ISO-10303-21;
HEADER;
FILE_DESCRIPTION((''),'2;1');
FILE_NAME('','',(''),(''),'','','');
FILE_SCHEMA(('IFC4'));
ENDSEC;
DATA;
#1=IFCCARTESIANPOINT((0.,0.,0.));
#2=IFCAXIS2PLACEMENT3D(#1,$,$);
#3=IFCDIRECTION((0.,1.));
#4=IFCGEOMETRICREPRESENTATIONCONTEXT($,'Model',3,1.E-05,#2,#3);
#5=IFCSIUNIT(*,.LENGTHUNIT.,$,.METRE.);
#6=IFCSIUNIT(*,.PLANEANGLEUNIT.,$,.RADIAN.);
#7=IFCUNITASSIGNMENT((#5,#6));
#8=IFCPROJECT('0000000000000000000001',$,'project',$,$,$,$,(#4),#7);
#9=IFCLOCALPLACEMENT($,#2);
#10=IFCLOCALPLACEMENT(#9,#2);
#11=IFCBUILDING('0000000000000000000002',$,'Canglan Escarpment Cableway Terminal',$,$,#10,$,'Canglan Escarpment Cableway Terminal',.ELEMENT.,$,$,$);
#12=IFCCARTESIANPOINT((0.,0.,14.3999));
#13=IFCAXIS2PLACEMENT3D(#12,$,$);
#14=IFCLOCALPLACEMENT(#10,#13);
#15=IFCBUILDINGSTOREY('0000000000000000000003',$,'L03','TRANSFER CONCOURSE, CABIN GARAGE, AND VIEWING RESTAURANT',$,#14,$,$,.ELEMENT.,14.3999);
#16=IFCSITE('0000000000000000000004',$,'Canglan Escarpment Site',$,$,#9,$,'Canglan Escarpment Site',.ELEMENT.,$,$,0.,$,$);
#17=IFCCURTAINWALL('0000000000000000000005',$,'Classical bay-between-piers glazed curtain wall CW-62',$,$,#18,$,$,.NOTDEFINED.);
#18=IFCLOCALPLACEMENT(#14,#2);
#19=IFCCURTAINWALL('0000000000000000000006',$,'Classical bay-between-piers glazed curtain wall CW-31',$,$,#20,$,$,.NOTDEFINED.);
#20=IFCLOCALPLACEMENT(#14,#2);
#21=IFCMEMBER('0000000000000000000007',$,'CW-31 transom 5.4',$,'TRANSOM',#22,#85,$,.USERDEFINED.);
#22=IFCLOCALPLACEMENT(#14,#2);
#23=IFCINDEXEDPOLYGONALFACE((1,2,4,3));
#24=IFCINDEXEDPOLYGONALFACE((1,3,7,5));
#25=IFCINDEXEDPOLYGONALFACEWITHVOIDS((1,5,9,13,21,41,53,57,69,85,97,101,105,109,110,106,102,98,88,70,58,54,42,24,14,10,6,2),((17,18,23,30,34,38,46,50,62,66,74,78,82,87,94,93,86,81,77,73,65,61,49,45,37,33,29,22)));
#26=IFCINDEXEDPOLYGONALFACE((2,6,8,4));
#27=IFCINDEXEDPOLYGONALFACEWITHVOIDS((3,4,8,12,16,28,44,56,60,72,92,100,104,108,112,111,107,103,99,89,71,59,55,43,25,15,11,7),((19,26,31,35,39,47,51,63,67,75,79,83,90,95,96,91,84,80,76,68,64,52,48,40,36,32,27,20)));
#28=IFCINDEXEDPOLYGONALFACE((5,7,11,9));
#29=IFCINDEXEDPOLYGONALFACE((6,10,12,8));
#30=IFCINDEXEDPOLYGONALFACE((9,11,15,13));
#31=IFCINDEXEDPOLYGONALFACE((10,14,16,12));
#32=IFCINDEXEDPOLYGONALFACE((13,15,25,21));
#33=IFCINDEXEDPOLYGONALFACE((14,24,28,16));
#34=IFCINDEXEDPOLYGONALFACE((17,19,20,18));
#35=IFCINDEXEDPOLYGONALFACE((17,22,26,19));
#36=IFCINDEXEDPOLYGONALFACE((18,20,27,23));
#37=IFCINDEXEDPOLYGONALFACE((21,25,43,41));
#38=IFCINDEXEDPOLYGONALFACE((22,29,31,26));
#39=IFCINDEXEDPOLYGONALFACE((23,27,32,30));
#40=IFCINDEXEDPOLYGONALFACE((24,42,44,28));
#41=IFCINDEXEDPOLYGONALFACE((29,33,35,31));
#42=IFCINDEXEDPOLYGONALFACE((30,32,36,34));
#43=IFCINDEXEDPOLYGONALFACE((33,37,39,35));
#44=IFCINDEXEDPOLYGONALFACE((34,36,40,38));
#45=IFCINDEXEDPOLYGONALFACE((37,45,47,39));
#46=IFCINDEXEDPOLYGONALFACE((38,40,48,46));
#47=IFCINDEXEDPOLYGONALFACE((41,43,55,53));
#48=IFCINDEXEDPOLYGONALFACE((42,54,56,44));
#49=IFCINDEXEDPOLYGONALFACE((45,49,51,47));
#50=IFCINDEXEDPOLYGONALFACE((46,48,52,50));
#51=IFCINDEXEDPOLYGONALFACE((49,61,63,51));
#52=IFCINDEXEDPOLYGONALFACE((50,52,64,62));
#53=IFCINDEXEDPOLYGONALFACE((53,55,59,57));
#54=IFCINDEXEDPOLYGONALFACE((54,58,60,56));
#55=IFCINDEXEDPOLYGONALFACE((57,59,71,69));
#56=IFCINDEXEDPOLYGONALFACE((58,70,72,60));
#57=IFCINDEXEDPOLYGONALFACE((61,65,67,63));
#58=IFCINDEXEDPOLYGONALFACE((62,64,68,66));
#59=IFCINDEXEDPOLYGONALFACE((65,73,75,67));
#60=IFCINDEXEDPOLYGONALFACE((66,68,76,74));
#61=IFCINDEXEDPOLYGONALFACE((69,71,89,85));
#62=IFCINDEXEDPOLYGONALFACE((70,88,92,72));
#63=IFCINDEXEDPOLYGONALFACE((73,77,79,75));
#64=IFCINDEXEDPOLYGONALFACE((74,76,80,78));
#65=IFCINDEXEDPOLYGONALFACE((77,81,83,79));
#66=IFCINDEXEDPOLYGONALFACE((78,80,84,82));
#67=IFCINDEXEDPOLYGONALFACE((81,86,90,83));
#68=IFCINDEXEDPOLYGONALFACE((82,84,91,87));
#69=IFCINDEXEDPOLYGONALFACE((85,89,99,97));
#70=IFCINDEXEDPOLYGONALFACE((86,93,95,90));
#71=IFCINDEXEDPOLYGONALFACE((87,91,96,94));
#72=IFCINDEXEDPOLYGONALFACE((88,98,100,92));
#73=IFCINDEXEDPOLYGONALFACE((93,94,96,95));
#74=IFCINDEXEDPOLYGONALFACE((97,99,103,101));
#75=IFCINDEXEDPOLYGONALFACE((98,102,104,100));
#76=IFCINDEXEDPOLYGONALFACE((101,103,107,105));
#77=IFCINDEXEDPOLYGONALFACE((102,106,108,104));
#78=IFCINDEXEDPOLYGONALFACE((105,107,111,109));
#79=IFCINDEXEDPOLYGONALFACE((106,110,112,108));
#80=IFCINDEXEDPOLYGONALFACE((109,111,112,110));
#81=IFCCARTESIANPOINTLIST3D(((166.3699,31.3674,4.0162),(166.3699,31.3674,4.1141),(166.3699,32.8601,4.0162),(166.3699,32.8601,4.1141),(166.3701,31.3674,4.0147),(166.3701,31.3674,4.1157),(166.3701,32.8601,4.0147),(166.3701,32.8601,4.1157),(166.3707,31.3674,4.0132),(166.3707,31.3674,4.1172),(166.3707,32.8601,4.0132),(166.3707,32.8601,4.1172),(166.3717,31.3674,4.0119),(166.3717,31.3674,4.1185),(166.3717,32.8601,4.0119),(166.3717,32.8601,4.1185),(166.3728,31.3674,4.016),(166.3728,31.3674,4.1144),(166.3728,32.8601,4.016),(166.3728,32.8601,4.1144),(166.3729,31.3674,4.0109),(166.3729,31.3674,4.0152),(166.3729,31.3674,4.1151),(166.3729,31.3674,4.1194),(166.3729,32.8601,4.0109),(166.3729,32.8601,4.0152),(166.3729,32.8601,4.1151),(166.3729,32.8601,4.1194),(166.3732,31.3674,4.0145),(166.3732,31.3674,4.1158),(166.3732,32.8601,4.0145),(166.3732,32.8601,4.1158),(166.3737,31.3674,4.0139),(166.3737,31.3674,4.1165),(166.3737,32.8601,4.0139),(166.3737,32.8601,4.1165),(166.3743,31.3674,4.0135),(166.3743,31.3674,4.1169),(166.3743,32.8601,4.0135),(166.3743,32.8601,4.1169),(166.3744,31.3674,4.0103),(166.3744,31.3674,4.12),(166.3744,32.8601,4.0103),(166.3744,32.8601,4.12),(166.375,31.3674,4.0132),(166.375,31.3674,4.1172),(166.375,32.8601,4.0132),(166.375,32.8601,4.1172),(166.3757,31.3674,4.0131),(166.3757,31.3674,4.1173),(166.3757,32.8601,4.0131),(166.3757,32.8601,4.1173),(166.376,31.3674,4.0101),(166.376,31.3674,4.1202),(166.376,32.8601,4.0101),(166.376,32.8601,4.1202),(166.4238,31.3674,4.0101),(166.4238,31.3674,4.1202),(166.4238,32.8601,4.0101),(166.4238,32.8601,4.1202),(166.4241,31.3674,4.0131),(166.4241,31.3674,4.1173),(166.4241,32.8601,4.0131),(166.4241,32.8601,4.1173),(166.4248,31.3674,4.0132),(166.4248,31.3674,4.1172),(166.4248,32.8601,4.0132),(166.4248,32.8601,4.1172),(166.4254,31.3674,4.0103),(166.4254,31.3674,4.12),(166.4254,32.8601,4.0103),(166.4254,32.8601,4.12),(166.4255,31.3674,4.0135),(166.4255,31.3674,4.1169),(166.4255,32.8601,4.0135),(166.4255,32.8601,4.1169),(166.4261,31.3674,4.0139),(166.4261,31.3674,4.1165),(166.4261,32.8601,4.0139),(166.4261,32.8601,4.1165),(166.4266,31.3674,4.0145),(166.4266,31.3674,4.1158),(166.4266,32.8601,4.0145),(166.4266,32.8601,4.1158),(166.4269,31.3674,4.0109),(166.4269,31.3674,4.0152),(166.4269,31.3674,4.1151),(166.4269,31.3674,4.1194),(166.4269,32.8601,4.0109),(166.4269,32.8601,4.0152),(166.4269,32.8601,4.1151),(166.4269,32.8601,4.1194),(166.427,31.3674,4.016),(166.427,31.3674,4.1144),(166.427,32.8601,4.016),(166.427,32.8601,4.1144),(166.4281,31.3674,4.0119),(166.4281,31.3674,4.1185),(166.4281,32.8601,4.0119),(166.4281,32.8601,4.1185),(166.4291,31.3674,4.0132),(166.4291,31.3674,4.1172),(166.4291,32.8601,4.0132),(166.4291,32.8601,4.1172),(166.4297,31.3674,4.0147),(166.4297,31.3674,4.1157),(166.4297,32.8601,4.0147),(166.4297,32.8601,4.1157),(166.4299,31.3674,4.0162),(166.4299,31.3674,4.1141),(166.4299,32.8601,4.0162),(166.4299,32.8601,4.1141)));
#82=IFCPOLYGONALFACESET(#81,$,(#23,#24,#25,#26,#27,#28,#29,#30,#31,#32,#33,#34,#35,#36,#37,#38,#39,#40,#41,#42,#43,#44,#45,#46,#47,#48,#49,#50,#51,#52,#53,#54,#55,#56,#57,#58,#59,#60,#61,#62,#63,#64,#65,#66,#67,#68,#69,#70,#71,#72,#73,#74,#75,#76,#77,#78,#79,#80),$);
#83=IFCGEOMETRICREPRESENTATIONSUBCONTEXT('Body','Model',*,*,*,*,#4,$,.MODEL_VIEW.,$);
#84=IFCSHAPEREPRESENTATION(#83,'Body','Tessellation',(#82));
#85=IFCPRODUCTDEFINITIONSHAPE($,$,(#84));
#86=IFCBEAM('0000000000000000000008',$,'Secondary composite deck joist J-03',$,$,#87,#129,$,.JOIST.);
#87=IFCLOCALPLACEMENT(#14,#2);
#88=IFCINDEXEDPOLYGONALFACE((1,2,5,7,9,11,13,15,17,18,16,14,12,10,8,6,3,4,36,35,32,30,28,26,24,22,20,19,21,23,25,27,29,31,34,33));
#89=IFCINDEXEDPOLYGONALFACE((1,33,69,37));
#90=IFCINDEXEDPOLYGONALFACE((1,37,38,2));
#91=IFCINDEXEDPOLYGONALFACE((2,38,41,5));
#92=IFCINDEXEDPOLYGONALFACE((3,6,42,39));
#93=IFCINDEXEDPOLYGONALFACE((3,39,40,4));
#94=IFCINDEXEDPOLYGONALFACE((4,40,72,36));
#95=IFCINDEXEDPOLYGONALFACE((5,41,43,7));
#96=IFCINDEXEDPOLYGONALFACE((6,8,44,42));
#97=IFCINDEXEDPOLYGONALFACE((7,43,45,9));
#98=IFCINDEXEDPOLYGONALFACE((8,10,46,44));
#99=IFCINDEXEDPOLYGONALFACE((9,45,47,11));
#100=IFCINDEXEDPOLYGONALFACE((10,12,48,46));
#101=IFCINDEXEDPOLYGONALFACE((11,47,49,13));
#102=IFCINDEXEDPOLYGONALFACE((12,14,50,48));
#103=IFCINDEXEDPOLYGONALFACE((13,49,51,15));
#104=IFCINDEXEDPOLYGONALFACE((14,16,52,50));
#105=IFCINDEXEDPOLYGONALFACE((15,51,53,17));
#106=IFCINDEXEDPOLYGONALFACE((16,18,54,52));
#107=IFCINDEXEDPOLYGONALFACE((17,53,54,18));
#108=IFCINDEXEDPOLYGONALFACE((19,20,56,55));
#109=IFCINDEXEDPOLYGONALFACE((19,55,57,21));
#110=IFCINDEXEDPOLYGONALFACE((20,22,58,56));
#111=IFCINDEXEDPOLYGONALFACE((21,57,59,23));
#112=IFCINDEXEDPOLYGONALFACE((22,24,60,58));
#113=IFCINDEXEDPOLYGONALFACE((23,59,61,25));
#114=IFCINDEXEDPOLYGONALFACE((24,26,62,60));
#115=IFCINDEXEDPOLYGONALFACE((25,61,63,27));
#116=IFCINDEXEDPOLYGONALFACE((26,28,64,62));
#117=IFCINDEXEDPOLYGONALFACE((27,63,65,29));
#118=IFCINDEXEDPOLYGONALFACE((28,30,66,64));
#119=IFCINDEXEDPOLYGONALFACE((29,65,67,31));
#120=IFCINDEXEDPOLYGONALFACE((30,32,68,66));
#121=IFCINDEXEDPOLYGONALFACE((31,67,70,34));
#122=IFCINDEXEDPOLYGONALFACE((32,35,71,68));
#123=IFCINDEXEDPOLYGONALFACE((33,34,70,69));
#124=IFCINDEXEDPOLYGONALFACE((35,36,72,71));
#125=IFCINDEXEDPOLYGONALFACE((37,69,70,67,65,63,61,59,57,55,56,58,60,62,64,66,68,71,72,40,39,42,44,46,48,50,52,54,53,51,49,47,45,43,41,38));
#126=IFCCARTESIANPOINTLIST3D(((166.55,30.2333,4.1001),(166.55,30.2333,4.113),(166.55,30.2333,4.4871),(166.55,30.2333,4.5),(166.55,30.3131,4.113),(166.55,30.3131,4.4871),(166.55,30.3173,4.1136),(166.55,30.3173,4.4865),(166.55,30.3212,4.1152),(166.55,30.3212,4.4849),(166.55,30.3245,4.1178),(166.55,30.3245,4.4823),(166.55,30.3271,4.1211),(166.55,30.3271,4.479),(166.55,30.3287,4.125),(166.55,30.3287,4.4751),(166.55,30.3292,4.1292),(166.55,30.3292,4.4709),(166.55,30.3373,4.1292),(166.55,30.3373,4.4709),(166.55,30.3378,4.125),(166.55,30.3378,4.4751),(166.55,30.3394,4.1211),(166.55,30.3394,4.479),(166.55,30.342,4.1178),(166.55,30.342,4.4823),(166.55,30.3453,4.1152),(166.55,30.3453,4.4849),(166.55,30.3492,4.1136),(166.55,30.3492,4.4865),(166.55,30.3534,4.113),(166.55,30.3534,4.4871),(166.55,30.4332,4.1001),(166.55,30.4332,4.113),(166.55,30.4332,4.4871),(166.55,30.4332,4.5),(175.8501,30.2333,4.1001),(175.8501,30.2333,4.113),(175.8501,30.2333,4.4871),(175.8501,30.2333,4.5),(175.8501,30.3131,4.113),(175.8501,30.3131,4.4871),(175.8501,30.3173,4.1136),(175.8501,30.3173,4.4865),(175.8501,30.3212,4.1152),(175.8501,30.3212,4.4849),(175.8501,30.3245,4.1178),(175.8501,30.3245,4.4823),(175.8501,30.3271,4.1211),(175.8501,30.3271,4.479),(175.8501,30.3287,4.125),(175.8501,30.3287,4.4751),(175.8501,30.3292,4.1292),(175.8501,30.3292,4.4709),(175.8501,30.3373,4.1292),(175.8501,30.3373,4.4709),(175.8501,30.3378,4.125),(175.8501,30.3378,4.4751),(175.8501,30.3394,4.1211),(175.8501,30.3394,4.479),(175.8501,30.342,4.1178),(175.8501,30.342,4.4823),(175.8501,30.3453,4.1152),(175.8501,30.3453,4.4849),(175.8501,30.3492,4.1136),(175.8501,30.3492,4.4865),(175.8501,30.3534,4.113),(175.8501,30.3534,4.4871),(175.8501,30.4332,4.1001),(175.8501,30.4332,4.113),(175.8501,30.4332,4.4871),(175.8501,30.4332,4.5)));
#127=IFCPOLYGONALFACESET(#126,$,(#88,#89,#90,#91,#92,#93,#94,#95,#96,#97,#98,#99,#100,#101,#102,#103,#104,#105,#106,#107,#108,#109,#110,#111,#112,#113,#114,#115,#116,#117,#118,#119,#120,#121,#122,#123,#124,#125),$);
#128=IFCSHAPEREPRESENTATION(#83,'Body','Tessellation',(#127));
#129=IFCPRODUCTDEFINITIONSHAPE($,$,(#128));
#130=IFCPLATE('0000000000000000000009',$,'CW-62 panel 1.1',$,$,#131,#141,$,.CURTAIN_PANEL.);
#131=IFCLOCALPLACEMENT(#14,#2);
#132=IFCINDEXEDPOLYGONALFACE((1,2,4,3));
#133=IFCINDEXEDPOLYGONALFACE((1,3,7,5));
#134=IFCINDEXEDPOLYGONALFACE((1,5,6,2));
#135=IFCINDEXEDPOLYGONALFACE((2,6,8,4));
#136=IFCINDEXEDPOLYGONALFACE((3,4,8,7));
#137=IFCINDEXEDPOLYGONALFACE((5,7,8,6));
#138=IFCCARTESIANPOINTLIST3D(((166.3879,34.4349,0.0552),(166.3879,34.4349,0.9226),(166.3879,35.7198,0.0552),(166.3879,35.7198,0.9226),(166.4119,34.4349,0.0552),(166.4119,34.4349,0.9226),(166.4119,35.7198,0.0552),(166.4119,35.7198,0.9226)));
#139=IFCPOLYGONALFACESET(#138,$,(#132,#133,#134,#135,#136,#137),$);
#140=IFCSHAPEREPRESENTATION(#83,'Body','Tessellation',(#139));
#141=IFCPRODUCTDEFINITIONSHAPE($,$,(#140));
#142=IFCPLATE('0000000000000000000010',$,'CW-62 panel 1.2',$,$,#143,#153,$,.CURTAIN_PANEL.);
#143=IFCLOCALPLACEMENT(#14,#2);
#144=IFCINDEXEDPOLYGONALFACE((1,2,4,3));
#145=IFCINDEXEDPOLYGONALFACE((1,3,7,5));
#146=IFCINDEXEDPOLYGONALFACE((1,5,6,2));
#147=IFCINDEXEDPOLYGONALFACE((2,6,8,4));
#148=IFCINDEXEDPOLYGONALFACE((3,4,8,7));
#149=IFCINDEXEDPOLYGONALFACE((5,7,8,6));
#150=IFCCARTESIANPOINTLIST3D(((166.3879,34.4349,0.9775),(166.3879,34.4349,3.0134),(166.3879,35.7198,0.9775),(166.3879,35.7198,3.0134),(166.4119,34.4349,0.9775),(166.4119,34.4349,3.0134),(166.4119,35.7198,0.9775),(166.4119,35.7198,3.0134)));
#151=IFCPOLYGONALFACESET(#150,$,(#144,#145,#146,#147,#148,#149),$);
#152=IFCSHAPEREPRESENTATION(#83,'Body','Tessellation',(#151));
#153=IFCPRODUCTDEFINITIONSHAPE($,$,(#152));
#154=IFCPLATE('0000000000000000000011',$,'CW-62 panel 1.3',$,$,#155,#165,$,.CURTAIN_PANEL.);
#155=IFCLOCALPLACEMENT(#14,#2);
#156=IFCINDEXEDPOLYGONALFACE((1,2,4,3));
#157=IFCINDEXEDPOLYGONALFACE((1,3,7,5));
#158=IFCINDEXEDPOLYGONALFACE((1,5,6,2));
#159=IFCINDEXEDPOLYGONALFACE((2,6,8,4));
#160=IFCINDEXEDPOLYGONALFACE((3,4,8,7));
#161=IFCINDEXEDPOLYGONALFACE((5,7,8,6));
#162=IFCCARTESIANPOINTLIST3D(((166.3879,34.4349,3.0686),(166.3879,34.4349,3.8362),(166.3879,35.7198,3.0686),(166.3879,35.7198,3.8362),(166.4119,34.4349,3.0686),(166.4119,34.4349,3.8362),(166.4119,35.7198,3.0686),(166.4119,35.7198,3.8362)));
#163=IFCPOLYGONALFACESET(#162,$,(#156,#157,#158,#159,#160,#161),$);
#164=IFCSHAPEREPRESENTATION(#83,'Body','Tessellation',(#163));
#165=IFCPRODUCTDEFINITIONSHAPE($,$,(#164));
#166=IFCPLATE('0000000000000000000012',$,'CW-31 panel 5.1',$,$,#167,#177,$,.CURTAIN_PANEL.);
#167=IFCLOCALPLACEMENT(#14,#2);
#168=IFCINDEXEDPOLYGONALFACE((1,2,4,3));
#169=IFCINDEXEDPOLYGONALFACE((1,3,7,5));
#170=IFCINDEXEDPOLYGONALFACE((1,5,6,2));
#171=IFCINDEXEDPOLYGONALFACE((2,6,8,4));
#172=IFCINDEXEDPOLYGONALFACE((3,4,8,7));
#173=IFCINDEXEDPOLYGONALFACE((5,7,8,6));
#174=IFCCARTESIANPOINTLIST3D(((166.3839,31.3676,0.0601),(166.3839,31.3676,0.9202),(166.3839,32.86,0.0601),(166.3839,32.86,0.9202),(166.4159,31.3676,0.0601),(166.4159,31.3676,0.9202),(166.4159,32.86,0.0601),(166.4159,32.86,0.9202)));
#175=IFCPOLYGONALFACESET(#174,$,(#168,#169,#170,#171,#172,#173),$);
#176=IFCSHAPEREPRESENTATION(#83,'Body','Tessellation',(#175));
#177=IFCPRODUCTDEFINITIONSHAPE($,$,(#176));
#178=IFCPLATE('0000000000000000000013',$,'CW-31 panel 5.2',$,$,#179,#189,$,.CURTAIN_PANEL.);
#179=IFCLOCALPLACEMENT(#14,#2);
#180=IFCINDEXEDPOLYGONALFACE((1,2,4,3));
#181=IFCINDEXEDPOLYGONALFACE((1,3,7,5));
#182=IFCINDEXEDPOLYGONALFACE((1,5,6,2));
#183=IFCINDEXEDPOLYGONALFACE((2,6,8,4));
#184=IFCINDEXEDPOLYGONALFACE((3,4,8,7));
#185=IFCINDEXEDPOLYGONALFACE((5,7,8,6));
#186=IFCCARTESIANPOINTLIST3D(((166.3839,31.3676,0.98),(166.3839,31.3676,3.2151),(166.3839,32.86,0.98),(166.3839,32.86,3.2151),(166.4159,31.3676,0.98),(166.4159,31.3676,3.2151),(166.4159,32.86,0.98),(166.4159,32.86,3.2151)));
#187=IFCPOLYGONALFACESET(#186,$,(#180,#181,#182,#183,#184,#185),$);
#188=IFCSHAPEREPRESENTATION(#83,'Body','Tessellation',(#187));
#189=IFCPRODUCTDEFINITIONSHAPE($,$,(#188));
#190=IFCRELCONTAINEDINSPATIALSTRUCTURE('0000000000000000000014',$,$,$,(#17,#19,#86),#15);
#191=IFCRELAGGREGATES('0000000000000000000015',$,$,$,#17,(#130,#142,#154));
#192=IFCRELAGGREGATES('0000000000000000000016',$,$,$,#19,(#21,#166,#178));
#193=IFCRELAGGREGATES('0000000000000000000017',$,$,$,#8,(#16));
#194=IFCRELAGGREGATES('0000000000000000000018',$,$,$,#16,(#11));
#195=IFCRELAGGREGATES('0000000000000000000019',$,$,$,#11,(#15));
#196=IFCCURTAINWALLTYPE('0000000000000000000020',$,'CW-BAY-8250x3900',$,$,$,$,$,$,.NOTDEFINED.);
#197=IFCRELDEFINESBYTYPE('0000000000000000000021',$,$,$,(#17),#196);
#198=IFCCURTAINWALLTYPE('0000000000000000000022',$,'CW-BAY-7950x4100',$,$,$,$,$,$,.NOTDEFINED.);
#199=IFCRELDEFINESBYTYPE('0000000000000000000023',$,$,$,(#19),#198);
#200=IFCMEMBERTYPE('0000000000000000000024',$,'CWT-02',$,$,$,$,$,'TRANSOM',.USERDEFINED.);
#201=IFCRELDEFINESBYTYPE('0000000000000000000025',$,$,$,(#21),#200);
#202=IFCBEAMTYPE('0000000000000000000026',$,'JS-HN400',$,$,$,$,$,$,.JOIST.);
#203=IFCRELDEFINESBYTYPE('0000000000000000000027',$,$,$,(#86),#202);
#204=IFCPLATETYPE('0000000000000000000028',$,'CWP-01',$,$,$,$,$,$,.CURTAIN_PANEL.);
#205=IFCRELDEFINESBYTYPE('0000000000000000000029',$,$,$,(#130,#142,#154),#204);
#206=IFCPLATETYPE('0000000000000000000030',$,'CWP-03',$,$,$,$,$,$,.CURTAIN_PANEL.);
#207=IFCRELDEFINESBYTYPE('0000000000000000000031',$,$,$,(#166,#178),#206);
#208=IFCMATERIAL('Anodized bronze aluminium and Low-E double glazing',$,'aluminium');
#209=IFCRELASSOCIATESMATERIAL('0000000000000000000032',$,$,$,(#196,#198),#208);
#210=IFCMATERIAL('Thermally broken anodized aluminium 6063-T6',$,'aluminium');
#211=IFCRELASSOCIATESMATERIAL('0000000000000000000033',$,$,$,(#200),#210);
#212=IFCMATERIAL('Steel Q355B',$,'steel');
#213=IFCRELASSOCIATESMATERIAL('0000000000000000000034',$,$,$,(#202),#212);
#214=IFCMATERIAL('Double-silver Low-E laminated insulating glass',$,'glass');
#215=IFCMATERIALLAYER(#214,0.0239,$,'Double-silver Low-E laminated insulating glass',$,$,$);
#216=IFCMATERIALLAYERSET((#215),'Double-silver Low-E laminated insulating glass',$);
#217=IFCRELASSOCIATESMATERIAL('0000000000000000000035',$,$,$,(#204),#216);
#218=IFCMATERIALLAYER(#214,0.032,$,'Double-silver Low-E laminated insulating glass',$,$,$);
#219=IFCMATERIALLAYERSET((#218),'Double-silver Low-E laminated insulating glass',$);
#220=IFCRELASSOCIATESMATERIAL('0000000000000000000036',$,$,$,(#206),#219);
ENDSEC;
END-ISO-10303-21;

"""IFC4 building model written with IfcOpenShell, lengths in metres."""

from ifc_helpers import new_model, si_unit, direction, frame, origin, origin_2d, place, context, subcontext, project, spatial, rectangle, hollow_rectangle, i_section, extrude, material, layer, layer_set, material_profile, profile_set, type_object, element, aggregate, save


model = new_model("IFC4")

# Units and contexts
model_context = context("Model", 3, precision=1e-05, world=origin(), true_north=direction((0.0, 1.0)))
body_context = subcontext(model_context, "Body", "Model", "MODEL_VIEW")
ifc_project = project(units=[si_unit("LENGTHUNIT", "METRE"), si_unit("PLANEANGLEUNIT", "RADIAN")], contexts=[model_context])

# Site, building, storey
site_placement = place(None, origin())
site = spatial("IfcSite", under=ifc_project, at=site_placement, Name="Canglan Escarpment Site", LongName="Canglan Escarpment Site", CompositionType="ELEMENT", RefElevation=0.0)
building_placement = place(site_placement, origin())
building = spatial("IfcBuilding", under=site, at=building_placement, Name="Canglan Escarpment Cableway Terminal", LongName="Canglan Escarpment Cableway Terminal", CompositionType="ELEMENT")
storey_placement = place(building_placement, frame((0.0, 0.0, 14.3999)))
storey = spatial("IfcBuildingStorey", under=building, at=storey_placement, Name="L03", Description="TRANSFER CONCOURSE, CABIN GARAGE, AND VIEWING RESTAURANT", CompositionType="ELEMENT", Elevation=14.3999)

# Shared definitions
ifc_material_1 = material(Name="Steel Q355B", Category="steel")

# Curtain wall
ifc_material_2 = material(Name="Anodized bronze aluminium and Low-E double glazing", Category="aluminium")
curtain_wall_type_1 = type_object("IfcCurtainWallType", Name="CW-BAY-8250x3900", PredefinedType="NOTDEFINED", material=ifc_material_2)
curtain_wall_1_placement = place(storey_placement, origin())
curtain_wall_1 = element("IfcCurtainWall", 1, at=curtain_wall_1_placement, inside=storey, type_object=curtain_wall_type_1, Name="Classical bay-between-piers glazed curtain wall CW-62", PredefinedType="NOTDEFINED")
ifc_material_3 = material(Name="Thermally broken anodized aluminium 6063-T6", Category="aluminium")

# Curtain wall
curtain_wall_type_2 = type_object("IfcCurtainWallType", Name="CW-BAY-7950x4100", PredefinedType="NOTDEFINED", material=ifc_material_2)
curtain_wall_2_placement = place(storey_placement, origin())
curtain_wall_2 = element("IfcCurtainWall", 2, at=curtain_wall_2_placement, inside=storey, type_object=curtain_wall_type_2, Name="Classical bay-between-piers glazed curtain wall CW-31", PredefinedType="NOTDEFINED")

# Member
ifc_material_profile_1 = material_profile(ifc_material_3, hollow_rectangle(XDim=0.0601, YDim=0.1101, WallThickness=0.0029, InnerFilletRadius=0.0029, OuterFilletRadius=0.0061, at=origin_2d()), Name="ALU-TRAN 60x110x3")
ifc_profile_set_1 = profile_set([ifc_material_profile_1], Name="Thermally broken anodized aluminium 6063-T6")
member_type_1 = type_object("IfcMemberType", Name="CWT-02", ElementType="TRANSOM", PredefinedType="USERDEFINED", material=ifc_profile_set_1)
member_1_placement = place(storey_placement, frame((166.3999, 31.3674, 4.0652), z_axis=(0.0, 1.0, 0.0), x_axis=(-1.0, 0.0, 0.0)))
member_1 = element("IfcMember", 3, at=member_1_placement, type_object=member_type_1, Name="CW-31 transom 5.4", ObjectType="TRANSOM", PredefinedType="USERDEFINED", context=body_context, shape_type="SweptSolid", body=[
    extrude(hollow_rectangle(XDim=0.0601, YDim=0.1101, WallThickness=0.0029, InnerFilletRadius=0.0029, OuterFilletRadius=0.0061, at=origin_2d()), origin(), (0.0, 0.0, 1.0), 1.4927),
])

# Beam
ifc_material_profile_2 = material_profile(ifc_material_1, i_section(OverallWidth=0.2, OverallDepth=0.3999, WebThickness=0.0081, FlangeThickness=0.0129, FilletRadius=0.0161, at=origin_2d()), Name="HN 400x200x8x13")
ifc_profile_set_2 = profile_set([ifc_material_profile_2], Name="Steel Q355B")
beam_type_1 = type_object("IfcBeamType", Name="JS-HN400", PredefinedType="JOIST", material=ifc_profile_set_2)
beam_1_placement = place(storey_placement, frame((166.55, 30.3333, 4.3), z_axis=(1.0, 0.0, 0.0), x_axis=(0.0, 1.0, 0.0)))
element("IfcBeam", 4, at=beam_1_placement, inside=storey, type_object=beam_type_1, Name="Secondary composite deck joist J-03", PredefinedType="JOIST", context=body_context, shape_type="SweptSolid", body=[
    extrude(i_section(OverallWidth=0.2, OverallDepth=0.3999, WebThickness=0.0081, FlangeThickness=0.0129, FilletRadius=0.0161, at=origin_2d()), origin(), (0.0, 0.0, 1.0), 9.3),
])

# Plates
ifc_material_4 = material(Name="Double-silver Low-E laminated insulating glass", Category="glass")
ifc_layer_1 = layer(ifc_material_4, 0.0239, Name="Double-silver Low-E laminated insulating glass")
ifc_layer_set_1 = layer_set([ifc_layer_1], Name="Double-silver Low-E laminated insulating glass")
plate_type_1 = type_object("IfcPlateType", Name="CWP-01", PredefinedType="CURTAIN_PANEL", material=ifc_layer_set_1)
plate_1_placement = place(storey_placement, frame((166.3999, 35.0774, 0.0552), z_axis=(0.0, 0.0, 1.0), x_axis=(0.0, 1.0, 0.0)))
plate_1 = element("IfcPlate", 5, at=plate_1_placement, type_object=plate_type_1, Name="CW-62 panel 1.1", PredefinedType="CURTAIN_PANEL", context=body_context, shape_type="SweptSolid", body=[
    extrude(rectangle(XDim=1.2849, YDim=0.0239, at=origin_2d()), origin(), (0.0, 0.0, 1.0), 0.8674),
])
plate_2_placement = place(storey_placement, frame((166.3999, 35.0774, 0.9775), z_axis=(0.0, 0.0, 1.0), x_axis=(0.0, 1.0, 0.0)))
plate_2 = element("IfcPlate", 6, at=plate_2_placement, type_object=plate_type_1, Name="CW-62 panel 1.2", PredefinedType="CURTAIN_PANEL", context=body_context, shape_type="SweptSolid", body=[
    extrude(rectangle(XDim=1.2849, YDim=0.0239, at=origin_2d()), origin(), (0.0, 0.0, 1.0), 2.0359),
])
plate_3_placement = place(storey_placement, frame((166.3999, 35.0774, 3.0686), z_axis=(0.0, 0.0, 1.0), x_axis=(0.0, 1.0, 0.0)))
plate_3 = element("IfcPlate", 7, at=plate_3_placement, type_object=plate_type_1, Name="CW-62 panel 1.3", PredefinedType="CURTAIN_PANEL", context=body_context, shape_type="SweptSolid", body=[
    extrude(rectangle(XDim=1.2849, YDim=0.0239, at=origin_2d()), origin(), (0.0, 0.0, 1.0), 0.7676),
])
aggregate(curtain_wall_1, [plate_1, plate_2, plate_3])
ifc_layer_2 = layer(ifc_material_4, 0.032, Name="Double-silver Low-E laminated insulating glass")
ifc_layer_set_2 = layer_set([ifc_layer_2], Name="Double-silver Low-E laminated insulating glass")
plate_type_2 = type_object("IfcPlateType", Name="CWP-03", PredefinedType="CURTAIN_PANEL", material=ifc_layer_set_2)
plate_4_placement = place(storey_placement, frame((166.3999, 32.1138, 0.0601), z_axis=(0.0, 0.0, 1.0), x_axis=(0.0, 1.0, 0.0)))
plate_4 = element("IfcPlate", 8, at=plate_4_placement, type_object=plate_type_2, Name="CW-31 panel 5.1", PredefinedType="CURTAIN_PANEL", context=body_context, shape_type="SweptSolid", body=[
    extrude(rectangle(XDim=1.4924, YDim=0.032, at=origin_2d()), origin(), (0.0, 0.0, 1.0), 0.8601),
])
plate_5_placement = place(storey_placement, frame((166.3999, 32.1138, 0.98), z_axis=(0.0, 0.0, 1.0), x_axis=(0.0, 1.0, 0.0)))
plate_5 = element("IfcPlate", 9, at=plate_5_placement, type_object=plate_type_2, Name="CW-31 panel 5.2", PredefinedType="CURTAIN_PANEL", context=body_context, shape_type="SweptSolid", body=[
    extrude(rectangle(XDim=1.4924, YDim=0.032, at=origin_2d()), origin(), (0.0, 0.0, 1.0), 2.2351),
])
aggregate(curtain_wall_2, [member_1, plate_4, plate_5])

save(model, "model.ifc")
